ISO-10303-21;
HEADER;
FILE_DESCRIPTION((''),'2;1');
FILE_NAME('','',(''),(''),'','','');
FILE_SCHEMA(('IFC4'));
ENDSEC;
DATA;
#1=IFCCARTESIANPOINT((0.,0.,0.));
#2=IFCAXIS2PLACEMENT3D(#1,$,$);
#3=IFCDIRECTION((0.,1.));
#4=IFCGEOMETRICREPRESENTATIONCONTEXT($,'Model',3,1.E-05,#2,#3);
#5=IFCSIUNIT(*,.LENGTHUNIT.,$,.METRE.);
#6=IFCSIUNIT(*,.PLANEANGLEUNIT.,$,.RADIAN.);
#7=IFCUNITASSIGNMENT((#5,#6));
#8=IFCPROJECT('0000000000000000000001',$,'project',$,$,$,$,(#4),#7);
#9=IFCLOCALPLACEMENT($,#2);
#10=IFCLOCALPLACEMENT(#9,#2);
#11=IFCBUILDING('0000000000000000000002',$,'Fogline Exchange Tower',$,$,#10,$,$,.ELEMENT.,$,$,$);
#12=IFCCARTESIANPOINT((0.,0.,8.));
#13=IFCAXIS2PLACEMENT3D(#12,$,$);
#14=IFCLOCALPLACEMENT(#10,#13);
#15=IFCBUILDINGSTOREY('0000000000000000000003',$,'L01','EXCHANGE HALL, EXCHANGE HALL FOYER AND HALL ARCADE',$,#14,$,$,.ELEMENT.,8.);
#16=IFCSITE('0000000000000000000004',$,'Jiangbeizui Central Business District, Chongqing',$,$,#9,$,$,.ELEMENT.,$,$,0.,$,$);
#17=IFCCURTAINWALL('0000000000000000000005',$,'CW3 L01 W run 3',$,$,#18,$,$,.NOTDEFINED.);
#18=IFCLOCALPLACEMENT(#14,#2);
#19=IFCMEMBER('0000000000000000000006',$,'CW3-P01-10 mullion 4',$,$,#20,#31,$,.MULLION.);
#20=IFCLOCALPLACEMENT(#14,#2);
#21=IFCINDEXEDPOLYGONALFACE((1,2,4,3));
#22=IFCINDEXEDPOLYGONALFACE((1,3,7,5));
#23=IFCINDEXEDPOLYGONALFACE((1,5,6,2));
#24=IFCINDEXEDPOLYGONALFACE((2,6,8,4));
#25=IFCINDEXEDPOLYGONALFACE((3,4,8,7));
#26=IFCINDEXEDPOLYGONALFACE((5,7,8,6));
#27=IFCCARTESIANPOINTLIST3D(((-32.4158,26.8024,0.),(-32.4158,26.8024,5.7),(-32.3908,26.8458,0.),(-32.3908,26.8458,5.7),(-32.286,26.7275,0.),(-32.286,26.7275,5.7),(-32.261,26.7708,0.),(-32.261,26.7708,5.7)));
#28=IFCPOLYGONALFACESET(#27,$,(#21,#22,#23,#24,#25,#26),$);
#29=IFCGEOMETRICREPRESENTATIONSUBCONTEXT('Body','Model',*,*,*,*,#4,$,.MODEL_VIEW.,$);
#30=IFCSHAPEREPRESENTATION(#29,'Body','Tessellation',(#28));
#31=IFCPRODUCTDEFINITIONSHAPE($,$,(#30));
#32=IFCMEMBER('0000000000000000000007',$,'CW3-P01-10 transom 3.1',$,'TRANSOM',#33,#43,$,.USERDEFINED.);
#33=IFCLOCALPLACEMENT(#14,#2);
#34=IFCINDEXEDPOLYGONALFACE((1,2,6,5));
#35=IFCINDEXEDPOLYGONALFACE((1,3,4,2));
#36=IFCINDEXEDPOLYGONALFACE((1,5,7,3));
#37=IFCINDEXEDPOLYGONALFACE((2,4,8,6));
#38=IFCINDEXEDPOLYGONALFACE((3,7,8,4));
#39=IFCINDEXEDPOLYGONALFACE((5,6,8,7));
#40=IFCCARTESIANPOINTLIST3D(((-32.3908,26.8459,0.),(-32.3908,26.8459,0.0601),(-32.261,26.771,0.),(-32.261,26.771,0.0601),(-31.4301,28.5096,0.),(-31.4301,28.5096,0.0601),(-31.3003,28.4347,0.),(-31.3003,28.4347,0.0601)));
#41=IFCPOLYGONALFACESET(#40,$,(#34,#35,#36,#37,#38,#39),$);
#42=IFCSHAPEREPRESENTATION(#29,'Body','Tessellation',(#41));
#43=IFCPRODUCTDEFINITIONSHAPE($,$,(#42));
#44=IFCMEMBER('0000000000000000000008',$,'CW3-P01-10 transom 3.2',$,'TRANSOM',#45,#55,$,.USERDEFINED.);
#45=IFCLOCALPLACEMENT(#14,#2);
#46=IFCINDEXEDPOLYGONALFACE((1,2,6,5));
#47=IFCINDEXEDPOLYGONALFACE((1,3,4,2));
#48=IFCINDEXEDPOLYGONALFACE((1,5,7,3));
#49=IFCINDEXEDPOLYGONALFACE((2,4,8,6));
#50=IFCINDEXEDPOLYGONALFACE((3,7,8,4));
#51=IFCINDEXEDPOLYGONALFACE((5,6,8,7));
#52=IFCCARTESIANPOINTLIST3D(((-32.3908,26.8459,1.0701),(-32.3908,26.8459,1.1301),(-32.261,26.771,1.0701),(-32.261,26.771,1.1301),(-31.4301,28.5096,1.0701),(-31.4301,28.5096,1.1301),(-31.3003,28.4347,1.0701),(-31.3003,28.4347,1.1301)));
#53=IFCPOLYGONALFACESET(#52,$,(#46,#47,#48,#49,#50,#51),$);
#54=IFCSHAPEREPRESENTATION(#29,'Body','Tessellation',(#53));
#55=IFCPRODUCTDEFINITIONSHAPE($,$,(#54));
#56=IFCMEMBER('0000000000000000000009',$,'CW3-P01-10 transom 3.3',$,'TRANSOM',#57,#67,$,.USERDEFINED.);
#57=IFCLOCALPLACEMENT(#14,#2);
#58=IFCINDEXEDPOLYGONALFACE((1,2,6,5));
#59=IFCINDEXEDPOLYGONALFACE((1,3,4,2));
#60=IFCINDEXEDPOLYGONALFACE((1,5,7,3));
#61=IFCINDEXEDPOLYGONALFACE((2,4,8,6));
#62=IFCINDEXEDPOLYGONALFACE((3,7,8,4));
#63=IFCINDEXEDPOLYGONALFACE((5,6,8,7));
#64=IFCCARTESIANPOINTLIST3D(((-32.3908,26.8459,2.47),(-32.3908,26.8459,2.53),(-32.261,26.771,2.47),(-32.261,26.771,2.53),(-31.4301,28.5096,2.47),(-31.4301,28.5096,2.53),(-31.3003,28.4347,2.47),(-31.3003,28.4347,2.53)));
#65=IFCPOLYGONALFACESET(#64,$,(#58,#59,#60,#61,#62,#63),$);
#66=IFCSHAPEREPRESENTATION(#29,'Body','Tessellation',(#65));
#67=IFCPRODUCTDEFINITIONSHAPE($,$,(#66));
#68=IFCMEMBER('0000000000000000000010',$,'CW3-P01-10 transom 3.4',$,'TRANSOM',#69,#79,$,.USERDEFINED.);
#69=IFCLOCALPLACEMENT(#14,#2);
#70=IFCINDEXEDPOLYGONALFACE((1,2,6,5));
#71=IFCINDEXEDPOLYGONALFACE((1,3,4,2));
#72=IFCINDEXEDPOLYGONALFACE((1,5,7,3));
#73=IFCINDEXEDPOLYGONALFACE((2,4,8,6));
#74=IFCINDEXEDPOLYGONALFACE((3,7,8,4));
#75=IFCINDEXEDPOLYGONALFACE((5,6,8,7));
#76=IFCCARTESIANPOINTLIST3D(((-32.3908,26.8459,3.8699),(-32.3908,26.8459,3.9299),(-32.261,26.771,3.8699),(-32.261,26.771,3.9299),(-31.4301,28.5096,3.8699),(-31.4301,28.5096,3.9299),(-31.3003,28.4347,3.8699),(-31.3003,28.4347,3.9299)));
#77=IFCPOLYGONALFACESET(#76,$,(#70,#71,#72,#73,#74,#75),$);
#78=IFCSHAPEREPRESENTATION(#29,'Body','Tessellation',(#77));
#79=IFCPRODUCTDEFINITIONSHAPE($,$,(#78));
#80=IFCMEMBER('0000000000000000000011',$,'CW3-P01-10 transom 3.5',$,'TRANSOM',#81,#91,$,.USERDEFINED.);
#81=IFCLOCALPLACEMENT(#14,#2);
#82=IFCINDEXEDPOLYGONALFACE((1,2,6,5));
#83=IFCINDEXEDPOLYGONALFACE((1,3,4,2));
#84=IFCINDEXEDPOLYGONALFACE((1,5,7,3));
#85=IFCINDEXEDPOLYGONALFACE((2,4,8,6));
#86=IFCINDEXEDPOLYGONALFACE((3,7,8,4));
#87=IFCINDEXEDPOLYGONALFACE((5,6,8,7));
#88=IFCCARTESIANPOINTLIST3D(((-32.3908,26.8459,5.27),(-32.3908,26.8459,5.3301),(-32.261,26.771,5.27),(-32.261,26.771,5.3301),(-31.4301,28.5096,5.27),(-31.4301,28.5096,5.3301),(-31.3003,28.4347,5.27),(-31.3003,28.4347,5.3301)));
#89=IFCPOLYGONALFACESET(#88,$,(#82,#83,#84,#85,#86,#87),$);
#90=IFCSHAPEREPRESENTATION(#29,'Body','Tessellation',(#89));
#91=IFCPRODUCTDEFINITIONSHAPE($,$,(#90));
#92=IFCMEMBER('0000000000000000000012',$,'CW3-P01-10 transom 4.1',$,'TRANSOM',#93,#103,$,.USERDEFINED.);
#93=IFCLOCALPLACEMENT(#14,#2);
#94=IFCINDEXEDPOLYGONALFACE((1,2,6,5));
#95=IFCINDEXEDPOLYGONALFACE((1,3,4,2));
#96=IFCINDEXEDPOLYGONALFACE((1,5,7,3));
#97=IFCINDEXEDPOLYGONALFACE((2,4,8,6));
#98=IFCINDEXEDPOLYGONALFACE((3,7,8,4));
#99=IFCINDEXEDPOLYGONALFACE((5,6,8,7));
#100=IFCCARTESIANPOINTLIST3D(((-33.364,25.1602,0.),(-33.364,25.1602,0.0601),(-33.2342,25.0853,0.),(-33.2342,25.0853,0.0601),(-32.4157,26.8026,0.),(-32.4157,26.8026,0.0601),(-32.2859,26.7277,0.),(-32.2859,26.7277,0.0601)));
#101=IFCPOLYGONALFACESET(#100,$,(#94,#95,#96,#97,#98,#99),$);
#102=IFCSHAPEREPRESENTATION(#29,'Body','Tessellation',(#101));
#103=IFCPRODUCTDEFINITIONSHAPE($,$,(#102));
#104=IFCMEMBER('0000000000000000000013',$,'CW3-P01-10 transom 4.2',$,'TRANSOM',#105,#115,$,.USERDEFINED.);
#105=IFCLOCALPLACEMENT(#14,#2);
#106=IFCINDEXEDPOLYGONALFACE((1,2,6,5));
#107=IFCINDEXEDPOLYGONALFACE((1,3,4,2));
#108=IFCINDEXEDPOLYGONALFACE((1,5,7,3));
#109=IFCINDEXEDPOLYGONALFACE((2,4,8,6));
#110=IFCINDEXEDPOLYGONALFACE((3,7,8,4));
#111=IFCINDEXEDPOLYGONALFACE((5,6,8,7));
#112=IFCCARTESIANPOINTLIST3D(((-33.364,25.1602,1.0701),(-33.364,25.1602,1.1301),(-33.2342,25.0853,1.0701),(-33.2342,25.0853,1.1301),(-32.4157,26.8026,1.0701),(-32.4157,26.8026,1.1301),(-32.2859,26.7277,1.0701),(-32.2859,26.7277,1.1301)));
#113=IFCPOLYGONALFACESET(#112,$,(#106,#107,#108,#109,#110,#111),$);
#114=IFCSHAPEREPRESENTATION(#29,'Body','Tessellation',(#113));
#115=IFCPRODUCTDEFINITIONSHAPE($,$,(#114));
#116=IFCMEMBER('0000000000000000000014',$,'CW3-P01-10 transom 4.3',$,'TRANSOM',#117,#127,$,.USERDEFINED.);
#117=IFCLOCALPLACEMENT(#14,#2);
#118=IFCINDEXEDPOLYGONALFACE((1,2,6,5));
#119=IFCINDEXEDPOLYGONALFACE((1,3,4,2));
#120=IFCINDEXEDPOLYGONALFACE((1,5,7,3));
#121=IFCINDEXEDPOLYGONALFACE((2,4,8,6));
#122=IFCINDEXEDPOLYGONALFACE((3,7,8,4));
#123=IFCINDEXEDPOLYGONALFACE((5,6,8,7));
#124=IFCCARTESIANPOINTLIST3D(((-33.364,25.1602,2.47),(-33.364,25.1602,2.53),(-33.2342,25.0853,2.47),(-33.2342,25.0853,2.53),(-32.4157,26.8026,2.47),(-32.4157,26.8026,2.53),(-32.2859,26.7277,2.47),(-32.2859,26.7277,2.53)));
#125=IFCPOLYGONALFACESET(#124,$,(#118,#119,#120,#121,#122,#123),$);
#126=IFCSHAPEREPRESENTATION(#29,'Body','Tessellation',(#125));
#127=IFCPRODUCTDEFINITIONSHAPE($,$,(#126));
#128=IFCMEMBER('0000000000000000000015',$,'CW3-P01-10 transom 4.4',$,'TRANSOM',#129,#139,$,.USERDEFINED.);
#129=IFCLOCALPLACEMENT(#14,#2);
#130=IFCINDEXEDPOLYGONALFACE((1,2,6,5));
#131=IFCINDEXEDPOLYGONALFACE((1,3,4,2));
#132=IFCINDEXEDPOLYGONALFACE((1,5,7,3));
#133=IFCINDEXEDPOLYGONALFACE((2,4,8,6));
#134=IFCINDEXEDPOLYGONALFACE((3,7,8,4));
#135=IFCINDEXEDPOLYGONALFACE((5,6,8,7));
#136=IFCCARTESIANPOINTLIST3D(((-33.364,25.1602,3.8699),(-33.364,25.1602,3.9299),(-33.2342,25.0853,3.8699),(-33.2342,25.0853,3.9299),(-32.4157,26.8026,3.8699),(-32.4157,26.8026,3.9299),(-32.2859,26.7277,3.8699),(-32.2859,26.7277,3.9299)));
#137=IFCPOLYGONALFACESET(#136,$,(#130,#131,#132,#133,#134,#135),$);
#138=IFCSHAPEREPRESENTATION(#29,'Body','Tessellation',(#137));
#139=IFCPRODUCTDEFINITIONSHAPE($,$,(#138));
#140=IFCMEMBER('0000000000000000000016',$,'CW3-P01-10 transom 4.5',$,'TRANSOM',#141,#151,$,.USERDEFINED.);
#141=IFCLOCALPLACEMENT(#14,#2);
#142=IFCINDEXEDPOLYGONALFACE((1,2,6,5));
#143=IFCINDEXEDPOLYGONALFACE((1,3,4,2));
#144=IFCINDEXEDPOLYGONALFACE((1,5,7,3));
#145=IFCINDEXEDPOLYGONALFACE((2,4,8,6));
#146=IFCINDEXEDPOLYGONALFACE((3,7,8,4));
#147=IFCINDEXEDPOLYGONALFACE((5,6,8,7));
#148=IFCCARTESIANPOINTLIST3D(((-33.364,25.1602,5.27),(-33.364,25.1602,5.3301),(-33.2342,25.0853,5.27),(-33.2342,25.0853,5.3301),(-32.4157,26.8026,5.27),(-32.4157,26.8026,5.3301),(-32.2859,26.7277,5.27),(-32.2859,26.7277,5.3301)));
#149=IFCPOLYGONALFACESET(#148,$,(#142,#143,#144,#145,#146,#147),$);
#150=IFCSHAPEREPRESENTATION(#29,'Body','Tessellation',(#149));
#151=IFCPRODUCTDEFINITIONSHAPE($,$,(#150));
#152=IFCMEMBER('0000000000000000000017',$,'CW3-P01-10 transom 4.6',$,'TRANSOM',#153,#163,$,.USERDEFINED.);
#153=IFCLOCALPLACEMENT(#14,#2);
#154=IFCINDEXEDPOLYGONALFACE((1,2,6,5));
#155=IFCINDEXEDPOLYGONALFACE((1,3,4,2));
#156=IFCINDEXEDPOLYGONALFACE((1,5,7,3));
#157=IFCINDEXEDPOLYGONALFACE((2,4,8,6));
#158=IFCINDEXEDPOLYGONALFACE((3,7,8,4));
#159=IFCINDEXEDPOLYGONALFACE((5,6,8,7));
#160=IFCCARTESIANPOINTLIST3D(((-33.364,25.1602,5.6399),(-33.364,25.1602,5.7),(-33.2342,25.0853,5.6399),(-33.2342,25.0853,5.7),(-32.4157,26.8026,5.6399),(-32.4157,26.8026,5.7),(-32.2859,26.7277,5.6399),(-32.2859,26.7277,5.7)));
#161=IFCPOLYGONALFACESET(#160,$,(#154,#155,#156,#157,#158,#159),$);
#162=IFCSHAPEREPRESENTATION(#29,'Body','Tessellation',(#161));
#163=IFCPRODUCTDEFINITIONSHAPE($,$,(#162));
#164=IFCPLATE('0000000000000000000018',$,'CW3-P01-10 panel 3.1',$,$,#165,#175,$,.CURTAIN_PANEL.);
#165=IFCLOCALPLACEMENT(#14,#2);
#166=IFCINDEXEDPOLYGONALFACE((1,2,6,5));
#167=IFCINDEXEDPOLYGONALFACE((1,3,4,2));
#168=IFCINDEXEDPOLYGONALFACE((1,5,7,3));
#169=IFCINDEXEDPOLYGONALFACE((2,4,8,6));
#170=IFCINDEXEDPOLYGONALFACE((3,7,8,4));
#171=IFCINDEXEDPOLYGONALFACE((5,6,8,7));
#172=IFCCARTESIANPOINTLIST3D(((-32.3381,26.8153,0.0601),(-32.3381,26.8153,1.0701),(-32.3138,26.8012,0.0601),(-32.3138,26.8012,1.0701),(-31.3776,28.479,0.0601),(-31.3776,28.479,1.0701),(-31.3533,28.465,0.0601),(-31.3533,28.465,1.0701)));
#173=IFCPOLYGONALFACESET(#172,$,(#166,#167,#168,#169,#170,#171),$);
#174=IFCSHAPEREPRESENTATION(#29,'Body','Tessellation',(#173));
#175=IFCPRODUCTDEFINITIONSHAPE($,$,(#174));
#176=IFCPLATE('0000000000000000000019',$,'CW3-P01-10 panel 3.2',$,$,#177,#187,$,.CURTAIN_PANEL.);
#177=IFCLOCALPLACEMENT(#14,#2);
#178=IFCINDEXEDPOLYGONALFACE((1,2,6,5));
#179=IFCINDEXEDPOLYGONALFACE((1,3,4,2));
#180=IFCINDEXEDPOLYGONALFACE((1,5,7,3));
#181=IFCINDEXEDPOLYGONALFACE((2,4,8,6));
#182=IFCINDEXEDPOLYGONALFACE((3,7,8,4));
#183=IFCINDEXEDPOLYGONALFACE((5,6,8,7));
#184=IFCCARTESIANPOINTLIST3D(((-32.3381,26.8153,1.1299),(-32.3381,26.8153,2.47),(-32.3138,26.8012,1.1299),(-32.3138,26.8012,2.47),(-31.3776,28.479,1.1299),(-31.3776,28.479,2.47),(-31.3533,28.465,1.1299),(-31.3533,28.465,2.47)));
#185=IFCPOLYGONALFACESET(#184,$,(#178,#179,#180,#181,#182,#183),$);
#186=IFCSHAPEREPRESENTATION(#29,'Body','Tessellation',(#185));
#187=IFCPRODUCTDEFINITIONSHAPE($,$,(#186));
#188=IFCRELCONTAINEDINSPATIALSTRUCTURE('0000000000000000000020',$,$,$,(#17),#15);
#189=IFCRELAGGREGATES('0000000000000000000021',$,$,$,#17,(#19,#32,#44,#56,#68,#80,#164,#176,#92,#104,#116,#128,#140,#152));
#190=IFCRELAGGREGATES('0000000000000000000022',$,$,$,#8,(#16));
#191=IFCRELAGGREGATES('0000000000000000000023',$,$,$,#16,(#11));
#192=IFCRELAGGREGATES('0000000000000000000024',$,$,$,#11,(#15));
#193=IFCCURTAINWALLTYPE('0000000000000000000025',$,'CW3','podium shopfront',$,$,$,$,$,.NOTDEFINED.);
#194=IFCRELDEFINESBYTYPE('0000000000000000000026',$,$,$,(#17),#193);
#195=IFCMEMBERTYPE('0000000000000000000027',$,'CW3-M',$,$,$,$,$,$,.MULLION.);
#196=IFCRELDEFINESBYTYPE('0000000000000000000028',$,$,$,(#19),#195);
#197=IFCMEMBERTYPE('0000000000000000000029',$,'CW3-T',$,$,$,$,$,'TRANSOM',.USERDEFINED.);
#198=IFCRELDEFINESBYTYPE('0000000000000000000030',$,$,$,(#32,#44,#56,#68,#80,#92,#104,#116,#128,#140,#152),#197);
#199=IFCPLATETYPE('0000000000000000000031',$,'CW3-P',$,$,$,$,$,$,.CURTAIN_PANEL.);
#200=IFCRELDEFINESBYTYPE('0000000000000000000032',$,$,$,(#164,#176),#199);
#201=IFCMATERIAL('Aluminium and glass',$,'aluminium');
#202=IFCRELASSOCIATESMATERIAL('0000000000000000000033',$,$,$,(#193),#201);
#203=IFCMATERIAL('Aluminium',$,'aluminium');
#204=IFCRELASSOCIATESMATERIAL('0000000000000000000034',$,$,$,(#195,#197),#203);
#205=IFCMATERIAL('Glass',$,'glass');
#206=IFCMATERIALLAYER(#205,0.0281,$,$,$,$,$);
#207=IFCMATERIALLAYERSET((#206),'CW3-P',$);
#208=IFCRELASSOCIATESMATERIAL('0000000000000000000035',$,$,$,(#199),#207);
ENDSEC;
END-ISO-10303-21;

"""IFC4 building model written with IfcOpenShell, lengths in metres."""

from ifc_helpers import new_model, si_unit, direction, frame, origin, origin_2d, place, context, subcontext, project, spatial, rectangle, extrude, material, layer, layer_set, material_profile, profile_set, type_object, element, aggregate, save


model = new_model("IFC4")

# Units and contexts
model_context = context("Model", 3, precision=1e-05, world=origin(), true_north=direction((0.0, 1.0)))
body_context = subcontext(model_context, "Body", "Model", "MODEL_VIEW")
ifc_project = project(units=[si_unit("LENGTHUNIT", "METRE"), si_unit("PLANEANGLEUNIT", "RADIAN")], contexts=[model_context])

# Site, building, storey
site_placement = place(None, origin())
site = spatial("IfcSite", under=ifc_project, at=site_placement, Name="Jiangbeizui Central Business District, Chongqing", CompositionType="ELEMENT", RefElevation=0.0)
building_placement = place(site_placement, origin())
building = spatial("IfcBuilding", under=site, at=building_placement, Name="Fogline Exchange Tower", CompositionType="ELEMENT")
storey_placement = place(building_placement, frame((0.0, 0.0, 8.0)))
storey = spatial("IfcBuildingStorey", under=building, at=storey_placement, Name="L01", Description="EXCHANGE HALL, EXCHANGE HALL FOYER AND HALL ARCADE", CompositionType="ELEMENT", Elevation=8.0)

# Curtain wall, members, plates
ifc_material_1 = material(Name="Aluminium and glass", Category="aluminium")
curtain_wall_type = type_object("IfcCurtainWallType", Name="CW3", Description="podium shopfront", PredefinedType="NOTDEFINED", material=ifc_material_1)
curtain_wall_placement = place(storey_placement, origin())
curtain_wall = element("IfcCurtainWall", 1, at=curtain_wall_placement, inside=storey, type_object=curtain_wall_type, Name="CW3 L01 W run 3", PredefinedType="NOTDEFINED")
ifc_material_2 = material(Name="Aluminium", Category="aluminium")
ifc_material_profile_1 = material_profile(ifc_material_2, rectangle(XDim=0.1499, YDim=0.05, at=origin_2d()), Name="Mullion 50x150")
ifc_profile_set_1 = profile_set([ifc_material_profile_1], Name="Aluminium")
member_type_1 = type_object("IfcMemberType", Name="CW3-M", PredefinedType="MULLION", material=ifc_profile_set_1)
member_1_placement = place(storey_placement, frame((-32.3384, 26.7866, 0.0), z_axis=(0.0, 0.0, 1.0), x_axis=(0.866025, -0.5, 0.0)))
member_1 = element("IfcMember", 2, at=member_1_placement, type_object=member_type_1, Name="CW3-P01-10 mullion 4", PredefinedType="MULLION", context=body_context, shape_type="SweptSolid", body=[
    extrude(rectangle(XDim=0.1499, YDim=0.05, at=origin_2d()), origin(), (0.0, 0.0, 1.0), 5.7),
])
ifc_material_profile_2 = material_profile(ifc_material_2, rectangle(XDim=0.1499, YDim=0.0601, at=origin_2d()), Name="Transom 60x150")
ifc_profile_set_2 = profile_set([ifc_material_profile_2], Name="Aluminium")
member_type_2 = type_object("IfcMemberType", Name="CW3-T", ElementType="TRANSOM", PredefinedType="USERDEFINED", material=ifc_profile_set_2)
member_2_placement = place(storey_placement, frame((-31.3652, 28.4722, 0.03), z_axis=(-0.500034, -0.866006, 0.0), x_axis=(0.866006, -0.500034, 0.0)))
member_2 = element("IfcMember", 3, at=member_2_placement, type_object=member_type_2, Name="CW3-P01-10 transom 3.1", ObjectType="TRANSOM", PredefinedType="USERDEFINED", context=body_context, shape_type="SweptSolid", body=[
    extrude(rectangle(XDim=0.1499, YDim=0.0601, at=origin_2d()), origin(), (0.0, 0.0, 1.0), 1.9211),
])
member_3_placement = place(storey_placement, frame((-31.3652, 28.4722, 1.1001), z_axis=(-0.500034, -0.866006, 0.0), x_axis=(0.866006, -0.500034, 0.0)))
member_3 = element("IfcMember", 4, at=member_3_placement, type_object=member_type_2, Name="CW3-P01-10 transom 3.2", ObjectType="TRANSOM", PredefinedType="USERDEFINED", context=body_context, shape_type="SweptSolid", body=[
    extrude(rectangle(XDim=0.1499, YDim=0.0601, at=origin_2d()), origin(), (0.0, 0.0, 1.0), 1.9211),
])
member_4_placement = place(storey_placement, frame((-31.3652, 28.4722, 2.5), z_axis=(-0.500034, -0.866006, 0.0), x_axis=(0.866006, -0.500034, 0.0)))
member_4 = element("IfcMember", 5, at=member_4_placement, type_object=member_type_2, Name="CW3-P01-10 transom 3.3", ObjectType="TRANSOM", PredefinedType="USERDEFINED", context=body_context, shape_type="SweptSolid", body=[
    extrude(rectangle(XDim=0.1499, YDim=0.0601, at=origin_2d()), origin(), (0.0, 0.0, 1.0), 1.9211),
])
member_5_placement = place(storey_placement, frame((-31.3652, 28.4722, 3.8999), z_axis=(-0.500034, -0.866006, 0.0), x_axis=(0.866006, -0.500034, 0.0)))
member_5 = element("IfcMember", 6, at=member_5_placement, type_object=member_type_2, Name="CW3-P01-10 transom 3.4", ObjectType="TRANSOM", PredefinedType="USERDEFINED", context=body_context, shape_type="SweptSolid", body=[
    extrude(rectangle(XDim=0.1499, YDim=0.0601, at=origin_2d()), origin(), (0.0, 0.0, 1.0), 1.9211),
])
member_6_placement = place(storey_placement, frame((-31.3652, 28.4722, 5.3), z_axis=(-0.500034, -0.866006, 0.0), x_axis=(0.866006, -0.500034, 0.0)))
member_6 = element("IfcMember", 7, at=member_6_placement, type_object=member_type_2, Name="CW3-P01-10 transom 3.5", ObjectType="TRANSOM", PredefinedType="USERDEFINED", context=body_context, shape_type="SweptSolid", body=[
    extrude(rectangle(XDim=0.1499, YDim=0.0601, at=origin_2d()), origin(), (0.0, 0.0, 1.0), 1.9211),
])
member_7_placement = place(storey_placement, frame((-32.3508, 26.7651, 0.03), z_axis=(-0.500016, -0.866016, 0.0), x_axis=(0.866016, -0.500016, 0.0)))
member_7 = element("IfcMember", 8, at=member_7_placement, type_object=member_type_2, Name="CW3-P01-10 transom 4.1", ObjectType="TRANSOM", PredefinedType="USERDEFINED", context=body_context, shape_type="SweptSolid", body=[
    extrude(rectangle(XDim=0.1499, YDim=0.0601, at=origin_2d()), origin(), (0.0, 0.0, 1.0), 1.8965),
])
member_8_placement = place(storey_placement, frame((-32.3508, 26.7651, 1.1001), z_axis=(-0.500016, -0.866016, 0.0), x_axis=(0.866016, -0.500016, 0.0)))
member_8 = element("IfcMember", 9, at=member_8_placement, type_object=member_type_2, Name="CW3-P01-10 transom 4.2", ObjectType="TRANSOM", PredefinedType="USERDEFINED", context=body_context, shape_type="SweptSolid", body=[
    extrude(rectangle(XDim=0.1499, YDim=0.0601, at=origin_2d()), origin(), (0.0, 0.0, 1.0), 1.8965),
])
member_9_placement = place(storey_placement, frame((-32.3508, 26.7651, 2.5), z_axis=(-0.500016, -0.866016, 0.0), x_axis=(0.866016, -0.500016, 0.0)))
member_9 = element("IfcMember", 10, at=member_9_placement, type_object=member_type_2, Name="CW3-P01-10 transom 4.3", ObjectType="TRANSOM", PredefinedType="USERDEFINED", context=body_context, shape_type="SweptSolid", body=[
    extrude(rectangle(XDim=0.1499, YDim=0.0601, at=origin_2d()), origin(), (0.0, 0.0, 1.0), 1.8965),
])
member_10_placement = place(storey_placement, frame((-32.3508, 26.7651, 3.8999), z_axis=(-0.500016, -0.866016, 0.0), x_axis=(0.866016, -0.500016, 0.0)))
member_10 = element("IfcMember", 11, at=member_10_placement, type_object=member_type_2, Name="CW3-P01-10 transom 4.4", ObjectType="TRANSOM", PredefinedType="USERDEFINED", context=body_context, shape_type="SweptSolid", body=[
    extrude(rectangle(XDim=0.1499, YDim=0.0601, at=origin_2d()), origin(), (0.0, 0.0, 1.0), 1.8965),
])
member_11_placement = place(storey_placement, frame((-32.3508, 26.7651, 5.3), z_axis=(-0.500016, -0.866016, 0.0), x_axis=(0.866016, -0.500016, 0.0)))
member_11 = element("IfcMember", 12, at=member_11_placement, type_object=member_type_2, Name="CW3-P01-10 transom 4.5", ObjectType="TRANSOM", PredefinedType="USERDEFINED", context=body_context, shape_type="SweptSolid", body=[
    extrude(rectangle(XDim=0.1499, YDim=0.0601, at=origin_2d()), origin(), (0.0, 0.0, 1.0), 1.8965),
])
member_12_placement = place(storey_placement, frame((-32.3508, 26.7651, 5.6699), z_axis=(-0.500016, -0.866016, 0.0), x_axis=(0.866016, -0.500016, 0.0)))
member_12 = element("IfcMember", 13, at=member_12_placement, type_object=member_type_2, Name="CW3-P01-10 transom 4.6", ObjectType="TRANSOM", PredefinedType="USERDEFINED", context=body_context, shape_type="SweptSolid", body=[
    extrude(rectangle(XDim=0.1499, YDim=0.0601, at=origin_2d()), origin(), (0.0, 0.0, 1.0), 1.8965),
])
ifc_material_3 = material(Name="Glass", Category="glass")
ifc_layer = layer(ifc_material_3, 0.0281)
ifc_layer_set = layer_set([ifc_layer], Name="CW3-P")
plate_type = type_object("IfcPlateType", Name="CW3-P", PredefinedType="CURTAIN_PANEL", material=ifc_layer_set)
plate_1_placement = place(storey_placement, frame((-31.8457, 27.6401, 0.0601), z_axis=(0.0, 0.0, 1.0), x_axis=(-0.5, -0.866025, 0.0)))
plate_1 = element("IfcPlate", 14, at=plate_1_placement, type_object=plate_type, Name="CW3-P01-10 panel 3.1", PredefinedType="CURTAIN_PANEL", context=body_context, shape_type="SweptSolid", body=[
    extrude(rectangle(XDim=1.9211, YDim=0.0281, at=origin_2d()), origin(), (0.0, 0.0, 1.0), 1.01),
])
plate_2_placement = place(storey_placement, frame((-31.8457, 27.6401, 1.1299), z_axis=(0.0, 0.0, 1.0), x_axis=(-0.5, -0.866025, 0.0)))
plate_2 = element("IfcPlate", 15, at=plate_2_placement, type_object=plate_type, Name="CW3-P01-10 panel 3.2", PredefinedType="CURTAIN_PANEL", context=body_context, shape_type="SweptSolid", body=[
    extrude(rectangle(XDim=1.9211, YDim=0.0281, at=origin_2d()), origin(), (0.0, 0.0, 1.0), 1.3401),
])
aggregate(curtain_wall, [member_1, member_2, member_3, member_4, member_5, member_6, plate_1, plate_2, member_7, member_8, member_9, member_10, member_11, member_12])

save(model, "model.ifc")
